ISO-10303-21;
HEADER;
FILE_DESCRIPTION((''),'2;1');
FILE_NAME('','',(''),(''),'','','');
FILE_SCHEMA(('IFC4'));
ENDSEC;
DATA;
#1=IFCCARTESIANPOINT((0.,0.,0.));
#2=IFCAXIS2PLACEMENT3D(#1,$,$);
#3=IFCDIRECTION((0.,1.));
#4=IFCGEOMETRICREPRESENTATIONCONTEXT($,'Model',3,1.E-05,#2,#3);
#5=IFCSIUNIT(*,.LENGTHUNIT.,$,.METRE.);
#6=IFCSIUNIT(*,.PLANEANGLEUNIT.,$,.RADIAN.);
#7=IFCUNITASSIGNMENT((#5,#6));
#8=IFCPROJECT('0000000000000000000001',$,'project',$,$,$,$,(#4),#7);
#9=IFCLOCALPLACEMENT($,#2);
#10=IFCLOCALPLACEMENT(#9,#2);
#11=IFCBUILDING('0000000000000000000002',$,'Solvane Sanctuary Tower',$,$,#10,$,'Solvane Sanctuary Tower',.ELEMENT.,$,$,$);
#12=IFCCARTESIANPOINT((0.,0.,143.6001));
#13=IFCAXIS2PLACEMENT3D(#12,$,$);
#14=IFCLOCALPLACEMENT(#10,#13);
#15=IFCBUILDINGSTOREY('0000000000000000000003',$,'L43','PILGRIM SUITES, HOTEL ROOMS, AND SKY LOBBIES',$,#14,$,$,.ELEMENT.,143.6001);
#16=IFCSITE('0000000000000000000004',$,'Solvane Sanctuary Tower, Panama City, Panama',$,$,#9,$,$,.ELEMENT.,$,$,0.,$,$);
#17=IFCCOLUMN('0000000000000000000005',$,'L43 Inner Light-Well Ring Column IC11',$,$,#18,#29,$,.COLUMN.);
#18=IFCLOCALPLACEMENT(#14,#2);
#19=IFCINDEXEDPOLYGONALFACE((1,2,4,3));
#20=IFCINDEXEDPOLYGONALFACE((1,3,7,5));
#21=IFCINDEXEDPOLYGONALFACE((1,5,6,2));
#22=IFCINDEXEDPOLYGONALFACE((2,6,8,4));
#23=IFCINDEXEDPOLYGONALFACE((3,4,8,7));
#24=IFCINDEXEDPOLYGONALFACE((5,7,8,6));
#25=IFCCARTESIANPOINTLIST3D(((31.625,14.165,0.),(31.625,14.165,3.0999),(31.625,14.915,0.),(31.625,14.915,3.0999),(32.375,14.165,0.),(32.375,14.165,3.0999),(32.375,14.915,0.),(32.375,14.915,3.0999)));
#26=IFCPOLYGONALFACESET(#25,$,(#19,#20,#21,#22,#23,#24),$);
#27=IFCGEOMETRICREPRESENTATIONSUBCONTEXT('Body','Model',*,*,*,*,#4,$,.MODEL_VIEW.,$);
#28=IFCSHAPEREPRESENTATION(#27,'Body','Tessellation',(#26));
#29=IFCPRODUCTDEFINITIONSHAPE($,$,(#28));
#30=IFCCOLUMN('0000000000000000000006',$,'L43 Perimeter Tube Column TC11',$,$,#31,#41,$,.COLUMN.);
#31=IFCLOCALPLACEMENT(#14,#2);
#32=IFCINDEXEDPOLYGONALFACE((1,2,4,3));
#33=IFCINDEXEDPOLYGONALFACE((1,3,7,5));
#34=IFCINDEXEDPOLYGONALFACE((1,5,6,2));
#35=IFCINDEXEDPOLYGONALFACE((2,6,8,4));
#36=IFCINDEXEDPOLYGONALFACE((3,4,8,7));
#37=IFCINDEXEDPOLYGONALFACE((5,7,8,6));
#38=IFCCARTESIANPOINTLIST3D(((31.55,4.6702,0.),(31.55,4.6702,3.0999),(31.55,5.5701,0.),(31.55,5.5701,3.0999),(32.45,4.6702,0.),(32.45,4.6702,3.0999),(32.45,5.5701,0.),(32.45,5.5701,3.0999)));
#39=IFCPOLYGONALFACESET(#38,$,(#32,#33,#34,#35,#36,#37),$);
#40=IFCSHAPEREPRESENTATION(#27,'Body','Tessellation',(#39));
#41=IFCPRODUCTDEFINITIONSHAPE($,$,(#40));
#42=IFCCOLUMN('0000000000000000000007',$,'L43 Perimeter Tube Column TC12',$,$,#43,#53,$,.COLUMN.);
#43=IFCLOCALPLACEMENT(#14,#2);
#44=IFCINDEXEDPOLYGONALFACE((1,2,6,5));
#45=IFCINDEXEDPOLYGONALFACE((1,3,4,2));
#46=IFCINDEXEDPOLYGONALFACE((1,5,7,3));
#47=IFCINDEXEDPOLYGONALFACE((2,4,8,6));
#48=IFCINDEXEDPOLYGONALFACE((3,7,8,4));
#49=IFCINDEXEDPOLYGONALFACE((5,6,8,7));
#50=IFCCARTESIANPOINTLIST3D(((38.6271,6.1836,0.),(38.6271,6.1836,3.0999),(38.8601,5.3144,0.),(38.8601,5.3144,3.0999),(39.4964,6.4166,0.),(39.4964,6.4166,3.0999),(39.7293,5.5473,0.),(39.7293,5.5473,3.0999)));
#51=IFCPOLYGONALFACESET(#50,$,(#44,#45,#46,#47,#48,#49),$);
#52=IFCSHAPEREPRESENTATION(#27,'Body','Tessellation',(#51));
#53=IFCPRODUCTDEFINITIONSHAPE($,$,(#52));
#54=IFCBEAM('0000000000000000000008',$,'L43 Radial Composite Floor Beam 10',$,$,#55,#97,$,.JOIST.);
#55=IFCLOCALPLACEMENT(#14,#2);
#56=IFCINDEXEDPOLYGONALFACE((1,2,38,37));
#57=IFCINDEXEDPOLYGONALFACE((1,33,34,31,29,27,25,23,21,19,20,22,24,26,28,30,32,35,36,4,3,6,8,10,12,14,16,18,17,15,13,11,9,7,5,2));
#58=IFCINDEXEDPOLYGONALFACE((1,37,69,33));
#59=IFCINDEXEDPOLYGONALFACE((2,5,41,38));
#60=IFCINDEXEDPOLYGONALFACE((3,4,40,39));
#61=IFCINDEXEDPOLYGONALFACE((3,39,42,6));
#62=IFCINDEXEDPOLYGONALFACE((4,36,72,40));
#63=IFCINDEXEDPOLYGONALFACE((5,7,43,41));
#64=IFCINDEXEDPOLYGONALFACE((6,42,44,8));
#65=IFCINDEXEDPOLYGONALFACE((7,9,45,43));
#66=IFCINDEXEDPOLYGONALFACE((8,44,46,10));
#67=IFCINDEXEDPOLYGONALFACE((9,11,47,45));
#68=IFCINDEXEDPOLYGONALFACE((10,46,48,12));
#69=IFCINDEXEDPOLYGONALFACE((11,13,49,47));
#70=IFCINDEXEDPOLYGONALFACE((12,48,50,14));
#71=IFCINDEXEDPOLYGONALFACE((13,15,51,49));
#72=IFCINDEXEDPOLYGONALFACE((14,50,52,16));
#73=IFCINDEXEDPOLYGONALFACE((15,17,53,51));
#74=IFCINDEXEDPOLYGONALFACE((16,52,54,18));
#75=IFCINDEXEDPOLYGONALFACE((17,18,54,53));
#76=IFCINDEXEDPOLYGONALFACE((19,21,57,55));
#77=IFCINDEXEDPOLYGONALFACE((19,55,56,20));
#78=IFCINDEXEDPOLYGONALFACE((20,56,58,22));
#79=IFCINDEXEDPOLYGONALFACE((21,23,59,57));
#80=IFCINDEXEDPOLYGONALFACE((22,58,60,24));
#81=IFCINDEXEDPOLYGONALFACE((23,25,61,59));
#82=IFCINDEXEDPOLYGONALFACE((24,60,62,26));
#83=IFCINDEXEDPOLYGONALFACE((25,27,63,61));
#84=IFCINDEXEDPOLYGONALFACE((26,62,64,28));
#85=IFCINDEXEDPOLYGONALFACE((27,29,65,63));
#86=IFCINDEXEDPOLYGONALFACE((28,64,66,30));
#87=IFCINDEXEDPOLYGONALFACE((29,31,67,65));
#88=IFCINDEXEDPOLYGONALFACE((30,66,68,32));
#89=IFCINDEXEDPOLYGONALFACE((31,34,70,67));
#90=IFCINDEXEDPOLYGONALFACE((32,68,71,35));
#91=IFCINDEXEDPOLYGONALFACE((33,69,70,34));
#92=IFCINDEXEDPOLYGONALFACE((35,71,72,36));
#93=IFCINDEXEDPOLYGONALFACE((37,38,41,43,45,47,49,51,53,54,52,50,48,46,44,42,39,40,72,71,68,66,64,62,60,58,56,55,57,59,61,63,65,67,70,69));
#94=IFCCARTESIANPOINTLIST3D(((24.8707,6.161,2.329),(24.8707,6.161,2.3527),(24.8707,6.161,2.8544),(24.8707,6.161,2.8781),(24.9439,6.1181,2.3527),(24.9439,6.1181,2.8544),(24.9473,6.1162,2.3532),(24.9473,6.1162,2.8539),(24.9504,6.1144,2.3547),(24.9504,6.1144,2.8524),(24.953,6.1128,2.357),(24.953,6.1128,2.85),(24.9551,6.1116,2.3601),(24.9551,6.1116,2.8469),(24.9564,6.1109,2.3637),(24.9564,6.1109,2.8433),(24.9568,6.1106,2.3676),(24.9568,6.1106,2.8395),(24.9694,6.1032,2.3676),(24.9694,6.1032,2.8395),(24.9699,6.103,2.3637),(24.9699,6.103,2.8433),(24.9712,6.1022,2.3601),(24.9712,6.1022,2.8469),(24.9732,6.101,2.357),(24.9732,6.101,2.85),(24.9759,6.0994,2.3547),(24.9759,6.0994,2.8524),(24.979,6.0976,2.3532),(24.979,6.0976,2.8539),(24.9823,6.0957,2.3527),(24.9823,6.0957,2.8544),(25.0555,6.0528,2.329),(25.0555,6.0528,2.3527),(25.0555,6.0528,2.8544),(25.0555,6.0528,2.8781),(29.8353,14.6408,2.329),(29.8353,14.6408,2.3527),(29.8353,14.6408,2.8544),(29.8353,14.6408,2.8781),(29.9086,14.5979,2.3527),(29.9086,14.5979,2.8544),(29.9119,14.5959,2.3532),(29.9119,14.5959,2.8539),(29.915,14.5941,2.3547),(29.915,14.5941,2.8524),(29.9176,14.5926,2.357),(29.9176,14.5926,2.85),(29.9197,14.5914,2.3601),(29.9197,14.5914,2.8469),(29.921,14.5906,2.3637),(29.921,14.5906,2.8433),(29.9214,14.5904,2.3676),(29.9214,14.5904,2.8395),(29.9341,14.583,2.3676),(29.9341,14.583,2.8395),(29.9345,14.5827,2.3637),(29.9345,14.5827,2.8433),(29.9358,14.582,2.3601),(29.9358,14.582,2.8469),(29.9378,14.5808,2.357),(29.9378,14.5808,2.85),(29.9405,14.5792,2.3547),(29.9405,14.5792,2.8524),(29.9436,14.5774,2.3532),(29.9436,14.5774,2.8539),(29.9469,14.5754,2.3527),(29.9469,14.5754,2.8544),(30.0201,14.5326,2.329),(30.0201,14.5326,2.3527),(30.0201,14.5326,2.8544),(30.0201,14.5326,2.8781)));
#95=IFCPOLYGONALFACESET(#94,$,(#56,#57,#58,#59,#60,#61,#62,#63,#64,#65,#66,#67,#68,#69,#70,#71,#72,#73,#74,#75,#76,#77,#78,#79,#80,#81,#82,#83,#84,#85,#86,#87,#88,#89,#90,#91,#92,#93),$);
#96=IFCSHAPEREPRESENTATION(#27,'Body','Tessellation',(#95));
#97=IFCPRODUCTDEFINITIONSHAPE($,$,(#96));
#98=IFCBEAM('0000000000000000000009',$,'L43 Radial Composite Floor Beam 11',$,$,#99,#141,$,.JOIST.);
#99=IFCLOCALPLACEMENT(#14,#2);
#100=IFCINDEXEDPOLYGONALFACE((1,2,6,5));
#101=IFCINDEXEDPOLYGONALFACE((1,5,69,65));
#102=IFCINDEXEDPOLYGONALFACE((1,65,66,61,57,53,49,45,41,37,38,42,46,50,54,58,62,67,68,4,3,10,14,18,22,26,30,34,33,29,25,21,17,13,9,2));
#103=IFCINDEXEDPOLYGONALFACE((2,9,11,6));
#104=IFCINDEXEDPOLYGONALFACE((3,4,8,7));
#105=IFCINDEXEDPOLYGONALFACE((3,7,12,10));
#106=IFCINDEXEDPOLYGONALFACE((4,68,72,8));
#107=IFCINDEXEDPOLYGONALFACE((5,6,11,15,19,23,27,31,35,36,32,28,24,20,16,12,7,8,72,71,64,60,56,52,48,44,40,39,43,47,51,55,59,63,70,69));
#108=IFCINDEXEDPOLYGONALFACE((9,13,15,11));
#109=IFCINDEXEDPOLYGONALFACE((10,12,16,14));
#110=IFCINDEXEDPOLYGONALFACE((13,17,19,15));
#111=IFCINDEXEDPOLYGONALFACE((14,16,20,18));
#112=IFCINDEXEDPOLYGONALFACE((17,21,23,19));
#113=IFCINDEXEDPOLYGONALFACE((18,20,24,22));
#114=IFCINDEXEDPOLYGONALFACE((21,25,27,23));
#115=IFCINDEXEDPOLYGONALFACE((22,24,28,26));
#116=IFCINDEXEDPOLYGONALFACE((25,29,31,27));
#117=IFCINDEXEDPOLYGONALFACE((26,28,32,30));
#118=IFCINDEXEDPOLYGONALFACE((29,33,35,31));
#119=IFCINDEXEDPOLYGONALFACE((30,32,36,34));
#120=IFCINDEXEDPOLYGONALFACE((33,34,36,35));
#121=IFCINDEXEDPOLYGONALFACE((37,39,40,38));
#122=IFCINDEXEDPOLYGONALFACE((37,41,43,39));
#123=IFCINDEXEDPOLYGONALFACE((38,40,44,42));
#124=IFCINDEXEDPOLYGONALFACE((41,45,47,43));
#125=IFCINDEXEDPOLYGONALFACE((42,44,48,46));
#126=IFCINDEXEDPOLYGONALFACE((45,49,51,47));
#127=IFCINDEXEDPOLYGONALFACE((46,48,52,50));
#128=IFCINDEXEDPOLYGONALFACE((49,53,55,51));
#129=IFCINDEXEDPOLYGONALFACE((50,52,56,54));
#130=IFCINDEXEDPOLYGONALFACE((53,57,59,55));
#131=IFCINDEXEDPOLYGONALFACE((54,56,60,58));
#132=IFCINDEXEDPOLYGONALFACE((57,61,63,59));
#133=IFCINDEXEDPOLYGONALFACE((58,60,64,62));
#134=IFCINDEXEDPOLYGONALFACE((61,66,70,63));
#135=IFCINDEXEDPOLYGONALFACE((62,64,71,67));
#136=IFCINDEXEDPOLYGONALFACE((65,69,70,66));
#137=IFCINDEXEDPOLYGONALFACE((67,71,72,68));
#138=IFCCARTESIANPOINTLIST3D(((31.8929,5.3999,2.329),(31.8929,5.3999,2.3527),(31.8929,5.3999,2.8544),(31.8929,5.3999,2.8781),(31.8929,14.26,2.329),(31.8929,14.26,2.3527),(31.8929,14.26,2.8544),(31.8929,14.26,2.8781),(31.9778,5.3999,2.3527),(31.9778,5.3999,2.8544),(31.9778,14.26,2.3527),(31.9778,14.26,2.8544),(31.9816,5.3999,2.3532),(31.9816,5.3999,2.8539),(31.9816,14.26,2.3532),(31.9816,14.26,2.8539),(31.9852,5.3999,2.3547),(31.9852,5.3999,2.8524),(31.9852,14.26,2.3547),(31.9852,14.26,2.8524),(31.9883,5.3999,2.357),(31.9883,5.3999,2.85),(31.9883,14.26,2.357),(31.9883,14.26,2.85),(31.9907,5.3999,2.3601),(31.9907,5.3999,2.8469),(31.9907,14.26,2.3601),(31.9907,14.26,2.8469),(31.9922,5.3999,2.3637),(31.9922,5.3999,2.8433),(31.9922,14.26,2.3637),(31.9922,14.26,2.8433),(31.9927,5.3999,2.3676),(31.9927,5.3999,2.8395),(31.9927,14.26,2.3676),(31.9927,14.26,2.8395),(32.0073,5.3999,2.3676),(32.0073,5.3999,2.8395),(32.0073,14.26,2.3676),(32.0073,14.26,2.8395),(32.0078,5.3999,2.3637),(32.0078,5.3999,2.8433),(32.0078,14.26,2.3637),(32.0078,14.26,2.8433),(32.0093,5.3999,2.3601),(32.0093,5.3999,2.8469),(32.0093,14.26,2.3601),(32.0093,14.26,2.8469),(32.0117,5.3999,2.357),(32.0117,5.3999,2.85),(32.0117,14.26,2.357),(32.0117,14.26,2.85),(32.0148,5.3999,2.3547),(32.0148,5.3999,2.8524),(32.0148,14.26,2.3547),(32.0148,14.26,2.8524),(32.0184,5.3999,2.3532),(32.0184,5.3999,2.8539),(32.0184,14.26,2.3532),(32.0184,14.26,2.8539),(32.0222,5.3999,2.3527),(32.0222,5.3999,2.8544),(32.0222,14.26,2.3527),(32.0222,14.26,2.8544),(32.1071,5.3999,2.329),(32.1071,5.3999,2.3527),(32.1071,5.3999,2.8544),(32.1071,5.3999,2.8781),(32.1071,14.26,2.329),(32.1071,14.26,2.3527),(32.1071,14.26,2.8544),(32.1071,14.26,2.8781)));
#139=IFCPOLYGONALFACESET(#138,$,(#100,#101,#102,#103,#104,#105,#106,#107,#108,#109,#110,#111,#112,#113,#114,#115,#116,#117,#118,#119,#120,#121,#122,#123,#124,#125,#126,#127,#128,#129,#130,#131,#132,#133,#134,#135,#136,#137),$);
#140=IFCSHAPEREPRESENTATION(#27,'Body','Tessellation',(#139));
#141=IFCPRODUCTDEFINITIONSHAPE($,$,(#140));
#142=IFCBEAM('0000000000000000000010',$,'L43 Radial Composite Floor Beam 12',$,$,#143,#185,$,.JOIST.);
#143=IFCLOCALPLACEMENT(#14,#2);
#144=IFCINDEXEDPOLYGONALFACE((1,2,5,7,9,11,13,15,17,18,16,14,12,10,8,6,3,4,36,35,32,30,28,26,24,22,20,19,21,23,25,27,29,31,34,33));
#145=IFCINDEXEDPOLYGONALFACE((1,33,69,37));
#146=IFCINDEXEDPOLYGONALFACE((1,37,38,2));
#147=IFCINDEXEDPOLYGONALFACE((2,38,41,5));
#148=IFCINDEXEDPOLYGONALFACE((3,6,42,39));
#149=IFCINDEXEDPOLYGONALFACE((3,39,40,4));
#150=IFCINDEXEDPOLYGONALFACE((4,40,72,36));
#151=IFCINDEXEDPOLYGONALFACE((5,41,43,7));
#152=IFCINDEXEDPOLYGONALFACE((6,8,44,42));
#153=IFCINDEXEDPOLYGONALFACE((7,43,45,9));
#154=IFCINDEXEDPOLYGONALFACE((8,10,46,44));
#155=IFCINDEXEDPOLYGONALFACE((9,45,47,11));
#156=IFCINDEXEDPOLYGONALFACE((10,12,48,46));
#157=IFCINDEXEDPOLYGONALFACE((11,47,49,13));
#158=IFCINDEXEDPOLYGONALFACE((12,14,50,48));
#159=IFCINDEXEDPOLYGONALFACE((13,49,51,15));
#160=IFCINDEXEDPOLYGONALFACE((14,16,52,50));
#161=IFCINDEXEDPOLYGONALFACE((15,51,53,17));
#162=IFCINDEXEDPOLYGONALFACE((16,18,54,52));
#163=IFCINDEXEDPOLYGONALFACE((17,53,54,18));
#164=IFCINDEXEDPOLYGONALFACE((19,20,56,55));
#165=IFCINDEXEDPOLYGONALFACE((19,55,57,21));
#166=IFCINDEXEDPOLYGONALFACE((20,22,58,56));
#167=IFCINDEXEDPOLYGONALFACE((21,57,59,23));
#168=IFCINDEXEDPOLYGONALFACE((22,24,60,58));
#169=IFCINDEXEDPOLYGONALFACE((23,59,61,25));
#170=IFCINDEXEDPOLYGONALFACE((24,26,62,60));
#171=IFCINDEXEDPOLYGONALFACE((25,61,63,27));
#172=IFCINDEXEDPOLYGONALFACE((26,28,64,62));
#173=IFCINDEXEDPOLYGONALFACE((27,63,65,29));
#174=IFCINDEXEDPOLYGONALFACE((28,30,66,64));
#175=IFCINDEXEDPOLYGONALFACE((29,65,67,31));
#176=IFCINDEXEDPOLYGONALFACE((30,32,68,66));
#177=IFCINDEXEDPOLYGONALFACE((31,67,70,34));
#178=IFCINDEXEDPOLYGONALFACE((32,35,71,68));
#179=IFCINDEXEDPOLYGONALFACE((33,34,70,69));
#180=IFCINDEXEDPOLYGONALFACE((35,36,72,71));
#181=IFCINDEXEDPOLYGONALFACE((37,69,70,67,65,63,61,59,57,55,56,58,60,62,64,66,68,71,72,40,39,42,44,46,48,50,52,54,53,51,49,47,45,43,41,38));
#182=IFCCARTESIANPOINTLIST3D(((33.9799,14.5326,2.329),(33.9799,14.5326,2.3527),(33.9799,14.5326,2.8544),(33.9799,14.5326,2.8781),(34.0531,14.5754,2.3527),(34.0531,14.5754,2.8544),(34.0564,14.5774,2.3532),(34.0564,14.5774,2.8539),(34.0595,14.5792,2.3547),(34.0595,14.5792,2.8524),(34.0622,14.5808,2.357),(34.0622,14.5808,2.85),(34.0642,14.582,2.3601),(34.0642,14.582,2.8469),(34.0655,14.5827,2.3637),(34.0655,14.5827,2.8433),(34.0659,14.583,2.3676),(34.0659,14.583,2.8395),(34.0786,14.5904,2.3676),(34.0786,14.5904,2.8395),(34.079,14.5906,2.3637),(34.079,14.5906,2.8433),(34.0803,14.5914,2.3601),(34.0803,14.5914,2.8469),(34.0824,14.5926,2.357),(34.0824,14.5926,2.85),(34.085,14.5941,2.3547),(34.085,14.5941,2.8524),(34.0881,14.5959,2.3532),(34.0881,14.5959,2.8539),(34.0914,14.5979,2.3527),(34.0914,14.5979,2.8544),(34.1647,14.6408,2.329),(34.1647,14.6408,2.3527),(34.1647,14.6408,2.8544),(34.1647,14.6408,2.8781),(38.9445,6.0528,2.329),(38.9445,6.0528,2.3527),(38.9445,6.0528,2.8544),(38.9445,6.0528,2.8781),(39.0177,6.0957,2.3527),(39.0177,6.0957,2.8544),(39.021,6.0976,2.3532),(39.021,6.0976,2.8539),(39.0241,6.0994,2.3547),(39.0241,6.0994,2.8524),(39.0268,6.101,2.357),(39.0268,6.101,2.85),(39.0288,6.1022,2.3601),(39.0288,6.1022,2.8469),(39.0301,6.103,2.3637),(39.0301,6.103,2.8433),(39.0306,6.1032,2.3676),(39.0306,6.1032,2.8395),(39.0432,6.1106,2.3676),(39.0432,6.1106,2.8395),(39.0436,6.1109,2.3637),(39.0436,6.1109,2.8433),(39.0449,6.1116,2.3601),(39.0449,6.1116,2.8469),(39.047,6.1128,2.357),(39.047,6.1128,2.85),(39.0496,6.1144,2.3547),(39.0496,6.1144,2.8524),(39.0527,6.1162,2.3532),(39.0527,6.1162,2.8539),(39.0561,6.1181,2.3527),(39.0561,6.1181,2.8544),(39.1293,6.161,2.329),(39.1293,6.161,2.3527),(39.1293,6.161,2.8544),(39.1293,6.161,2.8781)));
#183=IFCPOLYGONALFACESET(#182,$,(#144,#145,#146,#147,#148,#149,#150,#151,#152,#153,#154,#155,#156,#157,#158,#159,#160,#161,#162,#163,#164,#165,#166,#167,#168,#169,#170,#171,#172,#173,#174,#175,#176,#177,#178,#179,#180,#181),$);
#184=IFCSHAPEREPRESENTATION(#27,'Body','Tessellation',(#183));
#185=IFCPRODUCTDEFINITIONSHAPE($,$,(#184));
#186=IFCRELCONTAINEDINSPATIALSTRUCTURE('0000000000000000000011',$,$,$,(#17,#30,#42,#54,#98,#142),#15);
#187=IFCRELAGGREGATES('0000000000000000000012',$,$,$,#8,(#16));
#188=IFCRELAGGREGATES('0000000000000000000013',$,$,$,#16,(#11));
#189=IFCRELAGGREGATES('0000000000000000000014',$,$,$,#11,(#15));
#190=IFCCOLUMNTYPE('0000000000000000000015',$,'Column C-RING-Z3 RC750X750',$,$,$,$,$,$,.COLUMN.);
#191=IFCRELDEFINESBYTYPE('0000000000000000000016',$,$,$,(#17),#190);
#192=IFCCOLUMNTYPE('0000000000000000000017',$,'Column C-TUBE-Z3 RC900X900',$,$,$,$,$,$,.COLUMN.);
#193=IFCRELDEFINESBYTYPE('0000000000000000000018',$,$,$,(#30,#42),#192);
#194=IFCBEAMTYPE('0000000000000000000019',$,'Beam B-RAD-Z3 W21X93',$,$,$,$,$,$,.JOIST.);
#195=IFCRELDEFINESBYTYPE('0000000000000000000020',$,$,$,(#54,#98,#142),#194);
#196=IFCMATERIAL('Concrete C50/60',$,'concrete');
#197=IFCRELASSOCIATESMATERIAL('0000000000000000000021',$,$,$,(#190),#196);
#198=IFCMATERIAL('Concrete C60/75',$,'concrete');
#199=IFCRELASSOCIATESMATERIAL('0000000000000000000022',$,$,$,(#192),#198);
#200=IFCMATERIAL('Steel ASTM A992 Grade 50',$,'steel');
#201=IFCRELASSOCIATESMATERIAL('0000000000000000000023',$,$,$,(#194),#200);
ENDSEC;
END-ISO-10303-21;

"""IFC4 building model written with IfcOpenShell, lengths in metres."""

from ifc_helpers import new_model, si_unit, direction, frame, origin, origin_2d, place, context, subcontext, project, spatial, rectangle, i_section, extrude, material, material_profile, profile_set, type_object, element, save


model = new_model("IFC4")

# Units and contexts
model_context = context("Model", 3, precision=1e-05, world=origin(), true_north=direction((0.0, 1.0)))
body_context = subcontext(model_context, "Body", "Model", "MODEL_VIEW")
ifc_project = project(units=[si_unit("LENGTHUNIT", "METRE"), si_unit("PLANEANGLEUNIT", "RADIAN")], contexts=[model_context])

# Site, building, storey
site_placement = place(None, origin())
site = spatial("IfcSite", under=ifc_project, at=site_placement, Name="Solvane Sanctuary Tower, Panama City, Panama", CompositionType="ELEMENT", RefElevation=0.0)
building_placement = place(site_placement, origin())
building = spatial("IfcBuilding", under=site, at=building_placement, Name="Solvane Sanctuary Tower", LongName="Solvane Sanctuary Tower", CompositionType="ELEMENT")
storey_placement = place(building_placement, frame((0.0, 0.0, 143.6001)))
storey = spatial("IfcBuildingStorey", under=building, at=storey_placement, Name="L43", Description="PILGRIM SUITES, HOTEL ROOMS, AND SKY LOBBIES", CompositionType="ELEMENT", Elevation=143.6001)

# Columns
ifc_material_1 = material(Name="Concrete C50/60", Category="concrete")
ifc_material_profile_1 = material_profile(ifc_material_1, rectangle(XDim=0.75, YDim=0.75, at=origin_2d()), Name="RC750X750")
ifc_profile_set_1 = profile_set([ifc_material_profile_1], Name="Concrete C50/60")
column_type_1 = type_object("IfcColumnType", Name="Column C-RING-Z3 RC750X750", PredefinedType="COLUMN", material=ifc_profile_set_1)
column_placement = place(storey_placement, frame((32.0, 14.54, 0.0), z_axis=(0.0, 0.0, 1.0), x_axis=(1.0, 0.0, 0.0)))
element("IfcColumn", 1, at=column_placement, inside=storey, type_object=column_type_1, Name="L43 Inner Light-Well Ring Column IC11", PredefinedType="COLUMN", context=body_context, shape_type="SweptSolid", body=[
    extrude(rectangle(XDim=0.75, YDim=0.75, at=origin_2d()), origin(), (0.0, 0.0, 1.0), 3.0999),
])
ifc_material_2 = material(Name="Concrete C60/75", Category="concrete")
ifc_material_profile_2 = material_profile(ifc_material_2, rectangle(XDim=0.8999, YDim=0.8999, at=origin_2d()), Name="RC900X900")
ifc_profile_set_2 = profile_set([ifc_material_profile_2], Name="Concrete C60/75")
column_type_2 = type_object("IfcColumnType", Name="Column C-TUBE-Z3 RC900X900", PredefinedType="COLUMN", material=ifc_profile_set_2)
for number, where, z_axis, x_axis, name in (
    (2, (32.0, 5.1201, 0.0), (0.0, 0.0, 1.0), (0.0, -1.0, 0.0), "L43 Perimeter Tube Column TC11"),
    (3, (39.1782, 5.8655, 0.0), (0.0, 0.0, 1.0), (0.258819, -0.965926, 0.0), "L43 Perimeter Tube Column TC12"),
):
    element("IfcColumn", number, at=place(storey_placement, frame(where, z_axis=z_axis, x_axis=x_axis)), inside=storey, type_object=column_type_2, Name=name, PredefinedType="COLUMN", context=body_context, shape_type="SweptSolid", body=[
        extrude(rectangle(XDim=0.8999, YDim=0.8999, at=origin_2d()), origin(), (0.0, 0.0, 1.0), 3.0999),
    ])

# Beams
ifc_material_3 = material(Name="Steel ASTM A992 Grade 50", Category="steel")
ifc_material_profile_3 = material_profile(ifc_material_3, i_section(OverallWidth=0.2141, OverallDepth=0.5491, WebThickness=0.0146, FlangeThickness=0.0237, FilletRadius=0.0149, at=origin_2d()), Name="W21X93")
ifc_profile_set_3 = profile_set([ifc_material_profile_3], Name="Steel ASTM A992 Grade 50")
beam_type_1 = type_object("IfcBeamType", Name="Beam B-RAD-Z3 W21X93", PredefinedType="JOIST", material=ifc_profile_set_3)
beam_1_placement = place(storey_placement, frame((29.9277, 14.5867, 2.6035), z_axis=(-0.505244, -0.862977, 0.0), x_axis=(0.862977, -0.505244, 0.0)))
element("IfcBeam", 4, at=beam_1_placement, inside=storey, type_object=beam_type_1, Name="L43 Radial Composite Floor Beam 10", PredefinedType="JOIST", context=body_context, shape_type="SweptSolid", body=[
    extrude(i_section(OverallWidth=0.2141, OverallDepth=0.5491, WebThickness=0.0146, FlangeThickness=0.0237, FilletRadius=0.0149, at=origin_2d()), origin(), (0.0, 0.0, 1.0), 9.8262),
])
beam_2_placement = place(storey_placement, frame((32.0, 14.26, 2.6035), z_axis=(0.0, -1.0, 0.0), x_axis=(1.0, 0.0, 0.0)))
element("IfcBeam", 5, at=beam_2_placement, inside=storey, type_object=beam_type_1, Name="L43 Radial Composite Floor Beam 11", PredefinedType="JOIST", context=body_context, shape_type="SweptSolid", body=[
    extrude(i_section(OverallWidth=0.2141, OverallDepth=0.5491, WebThickness=0.0146, FlangeThickness=0.0237, FilletRadius=0.0149, at=origin_2d()), origin(), (0.0, 0.0, 1.0), 8.8601),
])
beam_3_placement = place(storey_placement, frame((34.0723, 14.5867, 2.6035), z_axis=(0.505244, -0.862977, 0.0), x_axis=(0.862977, 0.505244, 0.0)))
element("IfcBeam", 6, at=beam_3_placement, inside=storey, type_object=beam_type_1, Name="L43 Radial Composite Floor Beam 12", PredefinedType="JOIST", context=body_context, shape_type="SweptSolid", body=[
    extrude(i_section(OverallWidth=0.2141, OverallDepth=0.5491, WebThickness=0.0146, FlangeThickness=0.0237, FilletRadius=0.0149, at=origin_2d()), origin(), (0.0, 0.0, 1.0), 9.8262),
])

save(model, "model.ifc")
